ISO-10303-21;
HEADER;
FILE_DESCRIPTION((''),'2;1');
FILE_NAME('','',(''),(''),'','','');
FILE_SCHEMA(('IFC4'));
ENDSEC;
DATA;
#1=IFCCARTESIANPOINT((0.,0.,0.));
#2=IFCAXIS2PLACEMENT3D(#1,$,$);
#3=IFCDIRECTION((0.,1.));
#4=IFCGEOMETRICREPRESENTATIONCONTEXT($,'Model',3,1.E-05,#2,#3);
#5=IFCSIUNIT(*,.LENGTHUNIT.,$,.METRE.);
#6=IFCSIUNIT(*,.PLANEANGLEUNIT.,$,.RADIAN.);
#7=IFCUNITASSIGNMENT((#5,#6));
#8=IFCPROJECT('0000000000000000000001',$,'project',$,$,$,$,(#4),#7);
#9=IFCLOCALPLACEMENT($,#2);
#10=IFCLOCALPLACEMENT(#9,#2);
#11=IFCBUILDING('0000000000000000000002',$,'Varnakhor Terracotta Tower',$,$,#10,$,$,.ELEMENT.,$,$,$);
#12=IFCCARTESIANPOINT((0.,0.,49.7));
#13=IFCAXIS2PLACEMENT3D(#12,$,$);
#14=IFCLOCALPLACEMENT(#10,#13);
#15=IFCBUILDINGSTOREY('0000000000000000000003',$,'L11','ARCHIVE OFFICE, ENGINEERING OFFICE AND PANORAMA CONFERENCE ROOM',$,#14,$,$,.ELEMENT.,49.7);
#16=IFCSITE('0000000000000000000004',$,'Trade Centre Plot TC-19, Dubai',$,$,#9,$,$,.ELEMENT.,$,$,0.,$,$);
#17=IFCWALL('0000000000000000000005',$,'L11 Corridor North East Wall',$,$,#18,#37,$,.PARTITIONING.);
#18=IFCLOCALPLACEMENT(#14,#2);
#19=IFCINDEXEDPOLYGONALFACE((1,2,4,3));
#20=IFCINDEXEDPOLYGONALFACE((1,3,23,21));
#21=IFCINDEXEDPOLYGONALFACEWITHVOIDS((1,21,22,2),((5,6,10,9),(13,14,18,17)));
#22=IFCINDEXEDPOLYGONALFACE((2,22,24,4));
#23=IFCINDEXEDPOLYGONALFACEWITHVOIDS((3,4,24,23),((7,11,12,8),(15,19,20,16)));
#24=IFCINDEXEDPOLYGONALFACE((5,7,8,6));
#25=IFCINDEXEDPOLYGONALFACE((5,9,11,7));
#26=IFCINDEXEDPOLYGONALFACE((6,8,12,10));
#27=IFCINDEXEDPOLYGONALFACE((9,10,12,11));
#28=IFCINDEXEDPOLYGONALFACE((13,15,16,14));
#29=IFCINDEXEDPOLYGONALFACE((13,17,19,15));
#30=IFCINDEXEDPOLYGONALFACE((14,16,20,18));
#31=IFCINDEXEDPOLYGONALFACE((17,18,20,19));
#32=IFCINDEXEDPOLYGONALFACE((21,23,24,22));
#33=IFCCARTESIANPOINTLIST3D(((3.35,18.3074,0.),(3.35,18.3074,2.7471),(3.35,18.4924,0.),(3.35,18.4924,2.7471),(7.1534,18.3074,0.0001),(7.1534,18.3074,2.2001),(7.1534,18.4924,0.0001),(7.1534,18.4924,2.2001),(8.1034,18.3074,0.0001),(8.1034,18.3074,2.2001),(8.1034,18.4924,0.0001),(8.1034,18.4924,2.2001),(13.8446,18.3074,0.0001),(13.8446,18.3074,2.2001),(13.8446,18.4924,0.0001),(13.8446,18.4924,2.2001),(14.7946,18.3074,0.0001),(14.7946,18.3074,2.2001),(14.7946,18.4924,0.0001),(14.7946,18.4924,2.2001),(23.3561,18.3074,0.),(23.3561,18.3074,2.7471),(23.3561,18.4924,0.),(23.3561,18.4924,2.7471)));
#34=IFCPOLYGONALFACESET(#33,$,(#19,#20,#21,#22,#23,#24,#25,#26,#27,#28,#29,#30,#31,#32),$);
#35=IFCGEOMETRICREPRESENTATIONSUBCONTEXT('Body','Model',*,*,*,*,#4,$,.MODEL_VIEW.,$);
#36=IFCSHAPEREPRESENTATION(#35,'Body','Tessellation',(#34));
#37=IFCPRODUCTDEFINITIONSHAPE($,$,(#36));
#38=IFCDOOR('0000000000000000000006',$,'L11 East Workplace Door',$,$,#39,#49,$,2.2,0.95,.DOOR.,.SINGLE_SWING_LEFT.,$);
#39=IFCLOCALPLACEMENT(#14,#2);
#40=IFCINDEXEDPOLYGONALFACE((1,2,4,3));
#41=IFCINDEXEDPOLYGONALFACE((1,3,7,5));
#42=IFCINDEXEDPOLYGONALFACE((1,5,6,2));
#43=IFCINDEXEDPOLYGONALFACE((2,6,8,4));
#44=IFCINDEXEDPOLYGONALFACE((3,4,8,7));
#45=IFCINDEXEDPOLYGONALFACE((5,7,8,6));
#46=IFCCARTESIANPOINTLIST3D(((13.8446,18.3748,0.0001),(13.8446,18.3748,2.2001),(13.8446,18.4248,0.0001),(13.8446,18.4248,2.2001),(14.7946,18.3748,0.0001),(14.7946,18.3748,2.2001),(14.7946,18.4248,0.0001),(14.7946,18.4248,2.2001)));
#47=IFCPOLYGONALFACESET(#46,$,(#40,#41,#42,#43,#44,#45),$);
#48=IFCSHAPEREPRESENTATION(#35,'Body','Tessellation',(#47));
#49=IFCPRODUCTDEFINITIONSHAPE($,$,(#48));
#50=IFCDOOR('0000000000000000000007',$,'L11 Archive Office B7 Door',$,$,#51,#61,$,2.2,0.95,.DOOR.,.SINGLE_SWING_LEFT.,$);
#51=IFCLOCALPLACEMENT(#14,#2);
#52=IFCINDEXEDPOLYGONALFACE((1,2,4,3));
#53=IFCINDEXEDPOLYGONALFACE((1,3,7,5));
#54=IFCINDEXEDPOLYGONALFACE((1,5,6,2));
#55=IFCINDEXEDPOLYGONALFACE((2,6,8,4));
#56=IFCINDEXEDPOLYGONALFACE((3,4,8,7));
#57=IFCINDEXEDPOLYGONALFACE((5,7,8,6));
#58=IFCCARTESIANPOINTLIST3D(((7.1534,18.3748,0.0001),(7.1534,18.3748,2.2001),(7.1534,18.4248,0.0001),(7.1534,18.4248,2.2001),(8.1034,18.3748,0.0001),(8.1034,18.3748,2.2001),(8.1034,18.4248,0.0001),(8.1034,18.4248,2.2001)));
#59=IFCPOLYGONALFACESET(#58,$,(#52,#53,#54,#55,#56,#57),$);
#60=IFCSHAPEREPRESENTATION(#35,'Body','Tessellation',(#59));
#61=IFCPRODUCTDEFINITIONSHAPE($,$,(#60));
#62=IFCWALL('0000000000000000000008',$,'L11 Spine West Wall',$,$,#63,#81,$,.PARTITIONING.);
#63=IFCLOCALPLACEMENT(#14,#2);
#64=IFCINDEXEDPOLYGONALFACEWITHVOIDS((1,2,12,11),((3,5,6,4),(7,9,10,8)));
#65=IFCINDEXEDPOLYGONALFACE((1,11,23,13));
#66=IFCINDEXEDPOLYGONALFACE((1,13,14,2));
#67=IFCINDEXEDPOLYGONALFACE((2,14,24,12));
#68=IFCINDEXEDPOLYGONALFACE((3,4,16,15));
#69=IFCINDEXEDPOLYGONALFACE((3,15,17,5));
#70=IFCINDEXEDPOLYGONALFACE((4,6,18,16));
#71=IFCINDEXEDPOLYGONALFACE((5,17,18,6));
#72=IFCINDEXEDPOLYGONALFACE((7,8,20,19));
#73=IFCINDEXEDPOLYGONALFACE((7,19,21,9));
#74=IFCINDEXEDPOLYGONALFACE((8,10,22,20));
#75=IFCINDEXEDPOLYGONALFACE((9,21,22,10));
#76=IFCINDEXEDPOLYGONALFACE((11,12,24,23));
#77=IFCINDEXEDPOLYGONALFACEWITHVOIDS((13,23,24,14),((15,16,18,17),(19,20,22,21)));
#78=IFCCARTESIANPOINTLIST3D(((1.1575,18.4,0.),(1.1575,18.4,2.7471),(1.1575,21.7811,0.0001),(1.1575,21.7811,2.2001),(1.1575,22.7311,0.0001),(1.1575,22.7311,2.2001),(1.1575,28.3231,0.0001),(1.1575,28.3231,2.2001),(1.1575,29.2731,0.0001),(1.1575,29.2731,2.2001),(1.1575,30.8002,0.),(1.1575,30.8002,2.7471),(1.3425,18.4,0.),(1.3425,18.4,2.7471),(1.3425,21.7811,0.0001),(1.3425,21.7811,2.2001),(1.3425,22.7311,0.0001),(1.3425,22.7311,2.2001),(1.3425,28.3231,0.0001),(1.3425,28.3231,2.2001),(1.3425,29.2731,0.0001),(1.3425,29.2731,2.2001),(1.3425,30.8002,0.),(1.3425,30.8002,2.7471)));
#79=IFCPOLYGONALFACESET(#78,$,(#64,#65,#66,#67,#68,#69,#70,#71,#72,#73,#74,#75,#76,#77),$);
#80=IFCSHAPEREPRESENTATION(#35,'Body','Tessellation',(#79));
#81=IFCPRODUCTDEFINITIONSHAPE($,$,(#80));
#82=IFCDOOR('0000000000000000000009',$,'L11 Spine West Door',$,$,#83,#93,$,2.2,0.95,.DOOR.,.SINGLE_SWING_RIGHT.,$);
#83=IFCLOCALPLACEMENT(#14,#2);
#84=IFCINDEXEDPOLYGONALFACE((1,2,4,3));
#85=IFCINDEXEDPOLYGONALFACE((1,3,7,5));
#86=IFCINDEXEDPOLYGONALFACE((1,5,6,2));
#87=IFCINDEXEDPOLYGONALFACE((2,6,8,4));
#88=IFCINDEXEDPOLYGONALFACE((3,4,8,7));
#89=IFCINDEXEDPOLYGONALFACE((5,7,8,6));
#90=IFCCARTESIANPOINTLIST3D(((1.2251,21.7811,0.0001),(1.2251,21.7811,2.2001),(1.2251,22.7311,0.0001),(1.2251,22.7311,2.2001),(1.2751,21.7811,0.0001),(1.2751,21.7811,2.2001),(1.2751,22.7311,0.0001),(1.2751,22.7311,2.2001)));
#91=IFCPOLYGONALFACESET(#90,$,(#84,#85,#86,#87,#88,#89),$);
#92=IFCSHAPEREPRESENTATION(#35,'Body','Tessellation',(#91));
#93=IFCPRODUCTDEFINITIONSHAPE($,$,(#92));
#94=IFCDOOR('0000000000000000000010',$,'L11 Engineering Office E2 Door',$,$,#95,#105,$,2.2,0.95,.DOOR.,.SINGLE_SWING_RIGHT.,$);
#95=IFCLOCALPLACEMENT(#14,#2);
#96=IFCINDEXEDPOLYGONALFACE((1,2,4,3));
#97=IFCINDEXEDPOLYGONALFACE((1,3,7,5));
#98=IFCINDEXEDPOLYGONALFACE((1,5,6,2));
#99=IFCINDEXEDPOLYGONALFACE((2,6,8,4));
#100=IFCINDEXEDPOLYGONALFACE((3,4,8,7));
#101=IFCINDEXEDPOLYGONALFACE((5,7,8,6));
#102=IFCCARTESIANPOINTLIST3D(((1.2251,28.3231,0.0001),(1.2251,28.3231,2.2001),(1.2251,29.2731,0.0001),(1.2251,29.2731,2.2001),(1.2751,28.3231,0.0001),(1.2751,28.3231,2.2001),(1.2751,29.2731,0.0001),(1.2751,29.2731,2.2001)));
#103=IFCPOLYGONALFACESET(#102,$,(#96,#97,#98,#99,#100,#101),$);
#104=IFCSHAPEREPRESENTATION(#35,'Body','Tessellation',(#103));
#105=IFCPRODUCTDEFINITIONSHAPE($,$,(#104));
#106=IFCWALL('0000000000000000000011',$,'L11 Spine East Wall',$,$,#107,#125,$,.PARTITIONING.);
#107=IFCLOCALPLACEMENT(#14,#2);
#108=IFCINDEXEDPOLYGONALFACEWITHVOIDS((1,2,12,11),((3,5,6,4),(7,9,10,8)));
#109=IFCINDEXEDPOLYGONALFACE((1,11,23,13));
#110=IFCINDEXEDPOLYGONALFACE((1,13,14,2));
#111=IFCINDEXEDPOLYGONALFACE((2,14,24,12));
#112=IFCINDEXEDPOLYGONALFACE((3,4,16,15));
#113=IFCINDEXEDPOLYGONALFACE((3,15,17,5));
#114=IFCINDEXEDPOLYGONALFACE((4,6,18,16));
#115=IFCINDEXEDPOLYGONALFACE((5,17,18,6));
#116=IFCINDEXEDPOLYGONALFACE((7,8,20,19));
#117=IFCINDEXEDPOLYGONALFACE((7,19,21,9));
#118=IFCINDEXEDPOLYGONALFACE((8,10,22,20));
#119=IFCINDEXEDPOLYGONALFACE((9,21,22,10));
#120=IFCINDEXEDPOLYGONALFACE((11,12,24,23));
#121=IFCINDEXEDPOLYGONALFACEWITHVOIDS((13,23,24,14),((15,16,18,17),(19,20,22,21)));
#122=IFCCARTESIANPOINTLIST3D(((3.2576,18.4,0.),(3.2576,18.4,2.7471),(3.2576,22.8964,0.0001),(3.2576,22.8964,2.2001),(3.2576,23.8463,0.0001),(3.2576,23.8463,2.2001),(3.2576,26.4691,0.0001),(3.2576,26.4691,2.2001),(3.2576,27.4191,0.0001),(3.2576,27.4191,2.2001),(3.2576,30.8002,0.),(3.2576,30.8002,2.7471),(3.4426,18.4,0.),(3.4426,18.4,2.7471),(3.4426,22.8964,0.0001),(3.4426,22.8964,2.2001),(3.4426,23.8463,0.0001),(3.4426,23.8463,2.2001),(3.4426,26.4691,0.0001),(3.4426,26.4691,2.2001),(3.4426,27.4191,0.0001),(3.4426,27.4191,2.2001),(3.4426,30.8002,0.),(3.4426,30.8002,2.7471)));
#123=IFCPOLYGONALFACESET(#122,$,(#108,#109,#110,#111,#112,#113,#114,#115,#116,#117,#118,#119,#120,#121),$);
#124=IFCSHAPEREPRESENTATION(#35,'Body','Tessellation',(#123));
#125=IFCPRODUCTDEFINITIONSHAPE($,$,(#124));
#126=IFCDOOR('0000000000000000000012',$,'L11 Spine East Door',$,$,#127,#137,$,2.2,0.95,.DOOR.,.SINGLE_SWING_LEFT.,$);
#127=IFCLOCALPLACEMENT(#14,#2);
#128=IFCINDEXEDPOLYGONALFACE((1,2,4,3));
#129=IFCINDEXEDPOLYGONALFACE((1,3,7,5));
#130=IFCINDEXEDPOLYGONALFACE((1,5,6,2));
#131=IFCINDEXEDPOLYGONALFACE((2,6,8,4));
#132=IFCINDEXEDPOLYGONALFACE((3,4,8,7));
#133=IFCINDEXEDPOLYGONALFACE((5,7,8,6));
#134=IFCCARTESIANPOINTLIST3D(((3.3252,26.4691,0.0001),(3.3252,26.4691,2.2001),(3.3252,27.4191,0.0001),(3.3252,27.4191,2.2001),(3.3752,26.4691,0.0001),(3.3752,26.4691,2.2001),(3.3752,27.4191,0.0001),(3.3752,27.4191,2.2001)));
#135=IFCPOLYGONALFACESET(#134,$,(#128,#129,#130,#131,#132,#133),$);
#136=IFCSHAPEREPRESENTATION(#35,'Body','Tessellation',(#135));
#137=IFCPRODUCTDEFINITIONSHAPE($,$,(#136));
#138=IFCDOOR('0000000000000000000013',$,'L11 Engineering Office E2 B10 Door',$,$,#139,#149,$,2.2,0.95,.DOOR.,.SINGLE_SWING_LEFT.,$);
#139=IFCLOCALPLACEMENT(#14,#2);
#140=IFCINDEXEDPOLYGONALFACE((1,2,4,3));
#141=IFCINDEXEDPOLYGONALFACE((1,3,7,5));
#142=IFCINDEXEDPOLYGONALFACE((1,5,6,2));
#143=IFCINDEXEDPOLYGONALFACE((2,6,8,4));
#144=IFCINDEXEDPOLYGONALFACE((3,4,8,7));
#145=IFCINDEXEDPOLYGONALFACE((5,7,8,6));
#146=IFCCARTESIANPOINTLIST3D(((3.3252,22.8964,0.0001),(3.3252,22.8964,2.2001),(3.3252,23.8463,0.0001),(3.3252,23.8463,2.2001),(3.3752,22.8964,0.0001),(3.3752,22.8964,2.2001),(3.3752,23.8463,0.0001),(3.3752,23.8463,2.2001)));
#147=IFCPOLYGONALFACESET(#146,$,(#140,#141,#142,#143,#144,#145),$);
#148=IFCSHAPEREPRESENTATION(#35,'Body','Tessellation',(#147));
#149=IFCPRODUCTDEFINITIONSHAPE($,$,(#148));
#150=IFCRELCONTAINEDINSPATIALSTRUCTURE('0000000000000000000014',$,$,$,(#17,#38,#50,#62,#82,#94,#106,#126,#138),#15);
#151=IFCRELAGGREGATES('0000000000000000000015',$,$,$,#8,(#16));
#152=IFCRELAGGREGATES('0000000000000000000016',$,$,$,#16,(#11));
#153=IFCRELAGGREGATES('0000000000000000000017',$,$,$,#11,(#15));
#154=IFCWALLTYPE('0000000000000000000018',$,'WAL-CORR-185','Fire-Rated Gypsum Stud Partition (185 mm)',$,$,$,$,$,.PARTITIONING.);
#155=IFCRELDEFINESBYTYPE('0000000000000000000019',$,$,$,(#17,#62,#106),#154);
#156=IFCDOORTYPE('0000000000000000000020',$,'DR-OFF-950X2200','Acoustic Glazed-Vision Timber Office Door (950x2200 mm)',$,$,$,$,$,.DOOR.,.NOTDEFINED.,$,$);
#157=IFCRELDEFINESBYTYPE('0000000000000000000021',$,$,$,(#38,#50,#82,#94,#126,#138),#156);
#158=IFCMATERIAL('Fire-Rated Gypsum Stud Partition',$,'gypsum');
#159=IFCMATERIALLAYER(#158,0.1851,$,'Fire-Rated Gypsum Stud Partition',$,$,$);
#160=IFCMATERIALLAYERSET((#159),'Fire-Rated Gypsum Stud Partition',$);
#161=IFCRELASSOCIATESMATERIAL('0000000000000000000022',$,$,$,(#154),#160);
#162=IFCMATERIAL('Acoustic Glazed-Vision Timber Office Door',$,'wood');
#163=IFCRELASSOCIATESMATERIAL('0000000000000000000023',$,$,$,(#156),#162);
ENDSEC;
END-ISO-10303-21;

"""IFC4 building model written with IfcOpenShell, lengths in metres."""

from ifc_helpers import new_model, si_unit, direction, frame, frame_2d, origin, place, context, subcontext, project, spatial, rectangle, extrude, source, transform, mapped, material, layer, layer_set, type_object, type_shapes, element, fill, save


model = new_model("IFC4")

# Units and contexts
model_context = context("Model", 3, precision=1e-05, world=origin(), true_north=direction((0.0, 1.0)))
body_context = subcontext(model_context, "Body", "Model", "MODEL_VIEW")
ifc_project = project(units=[si_unit("LENGTHUNIT", "METRE"), si_unit("PLANEANGLEUNIT", "RADIAN")], contexts=[model_context])

# Site, building, storey
site_placement = place(None, origin())
site = spatial("IfcSite", under=ifc_project, at=site_placement, Name="Trade Centre Plot TC-19, Dubai", CompositionType="ELEMENT", RefElevation=0.0)
building_placement = place(site_placement, origin())
building = spatial("IfcBuilding", under=site, at=building_placement, Name="Varnakhor Terracotta Tower", CompositionType="ELEMENT")
storey_placement = place(building_placement, frame((0.0, 0.0, 49.7)))
storey = spatial("IfcBuildingStorey", under=building, at=storey_placement, Name="L11", Description="ARCHIVE OFFICE, ENGINEERING OFFICE AND PANORAMA CONFERENCE ROOM", CompositionType="ELEMENT", Elevation=49.7)

# Walls, openings, doors
ifc_material_1 = material(Name="Fire-Rated Gypsum Stud Partition", Category="gypsum")
ifc_layer_1 = layer(ifc_material_1, 0.1851, Name="Fire-Rated Gypsum Stud Partition")
ifc_layer_set_1 = layer_set([ifc_layer_1], Name="Fire-Rated Gypsum Stud Partition")
wall_type_1 = type_object("IfcWallType", Name="WAL-CORR-185", Description="Fire-Rated Gypsum Stud Partition (185 mm)", PredefinedType="PARTITIONING", material=ifc_layer_set_1)
wall_1_placement = place(storey_placement, frame((3.3501, 18.3999, 0.0), z_axis=(0.0, 0.0, 1.0), x_axis=(1.0, 0.0, 0.0)))
wall_1 = element("IfcWall", 1, at=wall_1_placement, inside=storey, type_object=wall_type_1, Name="L11 Corridor North East Wall", PredefinedType="PARTITIONING", context=body_context, shape_type="SweptSolid", body=[
    extrude(rectangle(XDim=20.0061, YDim=0.1851, at=frame_2d((10.0029, 0.0))), origin(), (0.0, 0.0, 1.0), 2.7471),
])
opening_1_placement = place(wall_1_placement, frame((10.4944, 0.0, 0.0)))
opening_1 = element("IfcOpeningElement", 2, at=opening_1_placement, cuts=wall_1, PredefinedType="OPENING", context=body_context, shape_type="SweptSolid", body=[
    extrude(rectangle(XDim=0.95, YDim=2.2, at=frame_2d((0.4751, 1.1001))), frame((0.0, 0.1025, 0.0), z_axis=(0.0, -1.0, 0.0), x_axis=(1.0, 0.0, 0.0)), (0.0, 0.0, 1.0), 0.2051),
])
opening_2_placement = place(wall_1_placement, frame((3.8032, 0.0, 0.0)))
opening_2 = element("IfcOpeningElement", 3, at=opening_2_placement, cuts=wall_1, PredefinedType="OPENING", context=body_context, shape_type="SweptSolid", body=[
    extrude(rectangle(XDim=0.95, YDim=2.2, at=frame_2d((0.4751, 1.1001))), frame((0.0, 0.1025, 0.0), z_axis=(0.0, -1.0, 0.0), x_axis=(1.0, 0.0, 0.0)), (0.0, 0.0, 1.0), 0.2051),
])
ifc_material_2 = material(Name="Acoustic Glazed-Vision Timber Office Door", Category="wood")
door_type_1 = type_object("IfcDoorType", Name="DR-OFF-950X2200", Description="Acoustic Glazed-Vision Timber Office Door (950x2200 mm)", OperationType="NOTDEFINED", PredefinedType="DOOR", material=ifc_material_2)
shared_shape_1 = source(origin(), body_context, "Body", "SweptSolid", [
    extrude(rectangle(XDim=0.95, YDim=2.2, at=frame_2d((0.4751, 1.1001))), frame((0.0, 0.0249, 0.0), z_axis=(0.0, -1.0, 0.0), x_axis=(1.0, 0.0, 0.0)), (0.0, 0.0, 1.0), 0.05),
])
type_shapes(door_type_1, [shared_shape_1])
door_1_placement = place(opening_1_placement, origin())
door_1 = element("IfcDoor", 4, at=door_1_placement, inside=storey, type_object=door_type_1, Name="L11 East Workplace Door", OperationType="SINGLE_SWING_LEFT", OverallHeight=2.2, OverallWidth=0.95, PredefinedType="DOOR", context=body_context, shape_type="MappedRepresentation", body=[
    mapped(shared_shape_1, transform((0.0, 0.0, 0.0), scale=1.0)),
])
fill(opening_1, door_1)
door_2_placement = place(opening_2_placement, origin())
door_2 = element("IfcDoor", 5, at=door_2_placement, inside=storey, type_object=door_type_1, Name="L11 Archive Office B7 Door", OperationType="SINGLE_SWING_LEFT", OverallHeight=2.2, OverallWidth=0.95, PredefinedType="DOOR", context=body_context, shape_type="MappedRepresentation", body=[
    mapped(shared_shape_1, transform((0.0, 0.0, 0.0), scale=1.0)),
])
fill(opening_2, door_2)
wall_2_placement = place(storey_placement, frame((1.25, 18.3999, 0.0), z_axis=(0.0, 0.0, 1.0), x_axis=(0.0, 1.0, 0.0)))
wall_2 = element("IfcWall", 6, at=wall_2_placement, inside=storey, type_object=wall_type_1, Name="L11 Spine West Wall", PredefinedType="PARTITIONING", context=body_context, shape_type="SweptSolid", body=[
    extrude(rectangle(XDim=12.4001, YDim=0.1851, at=frame_2d((6.2002, 0.0))), origin(), (0.0, 0.0, 1.0), 2.7471),
])
opening_3_placement = place(wall_2_placement, frame((3.3811, 0.0, 0.0)))
opening_3 = element("IfcOpeningElement", 7, at=opening_3_placement, cuts=wall_2, PredefinedType="OPENING", context=body_context, shape_type="SweptSolid", body=[
    extrude(rectangle(XDim=0.95, YDim=2.2, at=frame_2d((0.4751, 1.1001))), frame((0.0, 0.1025, 0.0), z_axis=(0.0, -1.0, 0.0), x_axis=(1.0, 0.0, 0.0)), (0.0, 0.0, 1.0), 0.2051),
])
opening_4_placement = place(wall_2_placement, frame((9.9231, 0.0, 0.0)))
opening_4 = element("IfcOpeningElement", 8, at=opening_4_placement, cuts=wall_2, PredefinedType="OPENING", context=body_context, shape_type="SweptSolid", body=[
    extrude(rectangle(XDim=0.95, YDim=2.2, at=frame_2d((0.4751, 1.1001))), frame((0.0, 0.1025, 0.0), z_axis=(0.0, -1.0, 0.0), x_axis=(1.0, 0.0, 0.0)), (0.0, 0.0, 1.0), 0.2051),
])
door_3_placement = place(opening_3_placement, origin())
door_3 = element("IfcDoor", 9, at=door_3_placement, inside=storey, type_object=door_type_1, Name="L11 Spine West Door", OperationType="SINGLE_SWING_RIGHT", OverallHeight=2.2, OverallWidth=0.95, PredefinedType="DOOR", context=body_context, shape_type="MappedRepresentation", body=[
    mapped(shared_shape_1, transform((0.0, 0.0, 0.0), scale=1.0)),
])
fill(opening_3, door_3)
door_4_placement = place(opening_4_placement, origin())
door_4 = element("IfcDoor", 10, at=door_4_placement, inside=storey, type_object=door_type_1, Name="L11 Engineering Office E2 Door", OperationType="SINGLE_SWING_RIGHT", OverallHeight=2.2, OverallWidth=0.95, PredefinedType="DOOR", context=body_context, shape_type="MappedRepresentation", body=[
    mapped(shared_shape_1, transform((0.0, 0.0, 0.0), scale=1.0)),
])
fill(opening_4, door_4)
wall_3_placement = place(storey_placement, frame((3.3501, 18.3999, 0.0), z_axis=(0.0, 0.0, 1.0), x_axis=(0.0, 1.0, 0.0)))
wall_3 = element("IfcWall", 11, at=wall_3_placement, inside=storey, type_object=wall_type_1, Name="L11 Spine East Wall", PredefinedType="PARTITIONING", context=body_context, shape_type="SweptSolid", body=[
    extrude(rectangle(XDim=12.4001, YDim=0.1851, at=frame_2d((6.2002, 0.0))), origin(), (0.0, 0.0, 1.0), 2.7471),
])
opening_5_placement = place(wall_3_placement, frame((8.0691, 0.0, 0.0)))
opening_5 = element("IfcOpeningElement", 12, at=opening_5_placement, cuts=wall_3, PredefinedType="OPENING", context=body_context, shape_type="SweptSolid", body=[
    extrude(rectangle(XDim=0.95, YDim=2.2, at=frame_2d((0.4751, 1.1001))), frame((0.0, 0.1025, 0.0), z_axis=(0.0, -1.0, 0.0), x_axis=(1.0, 0.0, 0.0)), (0.0, 0.0, 1.0), 0.2051),
])
opening_6_placement = place(wall_3_placement, frame((4.4963, 0.0, 0.0)))
opening_6 = element("IfcOpeningElement", 13, at=opening_6_placement, cuts=wall_3, PredefinedType="OPENING", context=body_context, shape_type="SweptSolid", body=[
    extrude(rectangle(XDim=0.95, YDim=2.2, at=frame_2d((0.4751, 1.1001))), frame((0.0, 0.1025, 0.0), z_axis=(0.0, -1.0, 0.0), x_axis=(1.0, 0.0, 0.0)), (0.0, 0.0, 1.0), 0.2051),
])
door_5_placement = place(opening_5_placement, origin())
door_5 = element("IfcDoor", 14, at=door_5_placement, inside=storey, type_object=door_type_1, Name="L11 Spine East Door", OperationType="SINGLE_SWING_LEFT", OverallHeight=2.2, OverallWidth=0.95, PredefinedType="DOOR", context=body_context, shape_type="MappedRepresentation", body=[
    mapped(shared_shape_1, transform((0.0, 0.0, 0.0), scale=1.0)),
])
fill(opening_5, door_5)
door_6_placement = place(opening_6_placement, origin())
door_6 = element("IfcDoor", 15, at=door_6_placement, inside=storey, type_object=door_type_1, Name="L11 Engineering Office E2 B10 Door", OperationType="SINGLE_SWING_LEFT", OverallHeight=2.2, OverallWidth=0.95, PredefinedType="DOOR", context=body_context, shape_type="MappedRepresentation", body=[
    mapped(shared_shape_1, transform((0.0, 0.0, 0.0), scale=1.0)),
])
fill(opening_6, door_6)

save(model, "model.ifc")
